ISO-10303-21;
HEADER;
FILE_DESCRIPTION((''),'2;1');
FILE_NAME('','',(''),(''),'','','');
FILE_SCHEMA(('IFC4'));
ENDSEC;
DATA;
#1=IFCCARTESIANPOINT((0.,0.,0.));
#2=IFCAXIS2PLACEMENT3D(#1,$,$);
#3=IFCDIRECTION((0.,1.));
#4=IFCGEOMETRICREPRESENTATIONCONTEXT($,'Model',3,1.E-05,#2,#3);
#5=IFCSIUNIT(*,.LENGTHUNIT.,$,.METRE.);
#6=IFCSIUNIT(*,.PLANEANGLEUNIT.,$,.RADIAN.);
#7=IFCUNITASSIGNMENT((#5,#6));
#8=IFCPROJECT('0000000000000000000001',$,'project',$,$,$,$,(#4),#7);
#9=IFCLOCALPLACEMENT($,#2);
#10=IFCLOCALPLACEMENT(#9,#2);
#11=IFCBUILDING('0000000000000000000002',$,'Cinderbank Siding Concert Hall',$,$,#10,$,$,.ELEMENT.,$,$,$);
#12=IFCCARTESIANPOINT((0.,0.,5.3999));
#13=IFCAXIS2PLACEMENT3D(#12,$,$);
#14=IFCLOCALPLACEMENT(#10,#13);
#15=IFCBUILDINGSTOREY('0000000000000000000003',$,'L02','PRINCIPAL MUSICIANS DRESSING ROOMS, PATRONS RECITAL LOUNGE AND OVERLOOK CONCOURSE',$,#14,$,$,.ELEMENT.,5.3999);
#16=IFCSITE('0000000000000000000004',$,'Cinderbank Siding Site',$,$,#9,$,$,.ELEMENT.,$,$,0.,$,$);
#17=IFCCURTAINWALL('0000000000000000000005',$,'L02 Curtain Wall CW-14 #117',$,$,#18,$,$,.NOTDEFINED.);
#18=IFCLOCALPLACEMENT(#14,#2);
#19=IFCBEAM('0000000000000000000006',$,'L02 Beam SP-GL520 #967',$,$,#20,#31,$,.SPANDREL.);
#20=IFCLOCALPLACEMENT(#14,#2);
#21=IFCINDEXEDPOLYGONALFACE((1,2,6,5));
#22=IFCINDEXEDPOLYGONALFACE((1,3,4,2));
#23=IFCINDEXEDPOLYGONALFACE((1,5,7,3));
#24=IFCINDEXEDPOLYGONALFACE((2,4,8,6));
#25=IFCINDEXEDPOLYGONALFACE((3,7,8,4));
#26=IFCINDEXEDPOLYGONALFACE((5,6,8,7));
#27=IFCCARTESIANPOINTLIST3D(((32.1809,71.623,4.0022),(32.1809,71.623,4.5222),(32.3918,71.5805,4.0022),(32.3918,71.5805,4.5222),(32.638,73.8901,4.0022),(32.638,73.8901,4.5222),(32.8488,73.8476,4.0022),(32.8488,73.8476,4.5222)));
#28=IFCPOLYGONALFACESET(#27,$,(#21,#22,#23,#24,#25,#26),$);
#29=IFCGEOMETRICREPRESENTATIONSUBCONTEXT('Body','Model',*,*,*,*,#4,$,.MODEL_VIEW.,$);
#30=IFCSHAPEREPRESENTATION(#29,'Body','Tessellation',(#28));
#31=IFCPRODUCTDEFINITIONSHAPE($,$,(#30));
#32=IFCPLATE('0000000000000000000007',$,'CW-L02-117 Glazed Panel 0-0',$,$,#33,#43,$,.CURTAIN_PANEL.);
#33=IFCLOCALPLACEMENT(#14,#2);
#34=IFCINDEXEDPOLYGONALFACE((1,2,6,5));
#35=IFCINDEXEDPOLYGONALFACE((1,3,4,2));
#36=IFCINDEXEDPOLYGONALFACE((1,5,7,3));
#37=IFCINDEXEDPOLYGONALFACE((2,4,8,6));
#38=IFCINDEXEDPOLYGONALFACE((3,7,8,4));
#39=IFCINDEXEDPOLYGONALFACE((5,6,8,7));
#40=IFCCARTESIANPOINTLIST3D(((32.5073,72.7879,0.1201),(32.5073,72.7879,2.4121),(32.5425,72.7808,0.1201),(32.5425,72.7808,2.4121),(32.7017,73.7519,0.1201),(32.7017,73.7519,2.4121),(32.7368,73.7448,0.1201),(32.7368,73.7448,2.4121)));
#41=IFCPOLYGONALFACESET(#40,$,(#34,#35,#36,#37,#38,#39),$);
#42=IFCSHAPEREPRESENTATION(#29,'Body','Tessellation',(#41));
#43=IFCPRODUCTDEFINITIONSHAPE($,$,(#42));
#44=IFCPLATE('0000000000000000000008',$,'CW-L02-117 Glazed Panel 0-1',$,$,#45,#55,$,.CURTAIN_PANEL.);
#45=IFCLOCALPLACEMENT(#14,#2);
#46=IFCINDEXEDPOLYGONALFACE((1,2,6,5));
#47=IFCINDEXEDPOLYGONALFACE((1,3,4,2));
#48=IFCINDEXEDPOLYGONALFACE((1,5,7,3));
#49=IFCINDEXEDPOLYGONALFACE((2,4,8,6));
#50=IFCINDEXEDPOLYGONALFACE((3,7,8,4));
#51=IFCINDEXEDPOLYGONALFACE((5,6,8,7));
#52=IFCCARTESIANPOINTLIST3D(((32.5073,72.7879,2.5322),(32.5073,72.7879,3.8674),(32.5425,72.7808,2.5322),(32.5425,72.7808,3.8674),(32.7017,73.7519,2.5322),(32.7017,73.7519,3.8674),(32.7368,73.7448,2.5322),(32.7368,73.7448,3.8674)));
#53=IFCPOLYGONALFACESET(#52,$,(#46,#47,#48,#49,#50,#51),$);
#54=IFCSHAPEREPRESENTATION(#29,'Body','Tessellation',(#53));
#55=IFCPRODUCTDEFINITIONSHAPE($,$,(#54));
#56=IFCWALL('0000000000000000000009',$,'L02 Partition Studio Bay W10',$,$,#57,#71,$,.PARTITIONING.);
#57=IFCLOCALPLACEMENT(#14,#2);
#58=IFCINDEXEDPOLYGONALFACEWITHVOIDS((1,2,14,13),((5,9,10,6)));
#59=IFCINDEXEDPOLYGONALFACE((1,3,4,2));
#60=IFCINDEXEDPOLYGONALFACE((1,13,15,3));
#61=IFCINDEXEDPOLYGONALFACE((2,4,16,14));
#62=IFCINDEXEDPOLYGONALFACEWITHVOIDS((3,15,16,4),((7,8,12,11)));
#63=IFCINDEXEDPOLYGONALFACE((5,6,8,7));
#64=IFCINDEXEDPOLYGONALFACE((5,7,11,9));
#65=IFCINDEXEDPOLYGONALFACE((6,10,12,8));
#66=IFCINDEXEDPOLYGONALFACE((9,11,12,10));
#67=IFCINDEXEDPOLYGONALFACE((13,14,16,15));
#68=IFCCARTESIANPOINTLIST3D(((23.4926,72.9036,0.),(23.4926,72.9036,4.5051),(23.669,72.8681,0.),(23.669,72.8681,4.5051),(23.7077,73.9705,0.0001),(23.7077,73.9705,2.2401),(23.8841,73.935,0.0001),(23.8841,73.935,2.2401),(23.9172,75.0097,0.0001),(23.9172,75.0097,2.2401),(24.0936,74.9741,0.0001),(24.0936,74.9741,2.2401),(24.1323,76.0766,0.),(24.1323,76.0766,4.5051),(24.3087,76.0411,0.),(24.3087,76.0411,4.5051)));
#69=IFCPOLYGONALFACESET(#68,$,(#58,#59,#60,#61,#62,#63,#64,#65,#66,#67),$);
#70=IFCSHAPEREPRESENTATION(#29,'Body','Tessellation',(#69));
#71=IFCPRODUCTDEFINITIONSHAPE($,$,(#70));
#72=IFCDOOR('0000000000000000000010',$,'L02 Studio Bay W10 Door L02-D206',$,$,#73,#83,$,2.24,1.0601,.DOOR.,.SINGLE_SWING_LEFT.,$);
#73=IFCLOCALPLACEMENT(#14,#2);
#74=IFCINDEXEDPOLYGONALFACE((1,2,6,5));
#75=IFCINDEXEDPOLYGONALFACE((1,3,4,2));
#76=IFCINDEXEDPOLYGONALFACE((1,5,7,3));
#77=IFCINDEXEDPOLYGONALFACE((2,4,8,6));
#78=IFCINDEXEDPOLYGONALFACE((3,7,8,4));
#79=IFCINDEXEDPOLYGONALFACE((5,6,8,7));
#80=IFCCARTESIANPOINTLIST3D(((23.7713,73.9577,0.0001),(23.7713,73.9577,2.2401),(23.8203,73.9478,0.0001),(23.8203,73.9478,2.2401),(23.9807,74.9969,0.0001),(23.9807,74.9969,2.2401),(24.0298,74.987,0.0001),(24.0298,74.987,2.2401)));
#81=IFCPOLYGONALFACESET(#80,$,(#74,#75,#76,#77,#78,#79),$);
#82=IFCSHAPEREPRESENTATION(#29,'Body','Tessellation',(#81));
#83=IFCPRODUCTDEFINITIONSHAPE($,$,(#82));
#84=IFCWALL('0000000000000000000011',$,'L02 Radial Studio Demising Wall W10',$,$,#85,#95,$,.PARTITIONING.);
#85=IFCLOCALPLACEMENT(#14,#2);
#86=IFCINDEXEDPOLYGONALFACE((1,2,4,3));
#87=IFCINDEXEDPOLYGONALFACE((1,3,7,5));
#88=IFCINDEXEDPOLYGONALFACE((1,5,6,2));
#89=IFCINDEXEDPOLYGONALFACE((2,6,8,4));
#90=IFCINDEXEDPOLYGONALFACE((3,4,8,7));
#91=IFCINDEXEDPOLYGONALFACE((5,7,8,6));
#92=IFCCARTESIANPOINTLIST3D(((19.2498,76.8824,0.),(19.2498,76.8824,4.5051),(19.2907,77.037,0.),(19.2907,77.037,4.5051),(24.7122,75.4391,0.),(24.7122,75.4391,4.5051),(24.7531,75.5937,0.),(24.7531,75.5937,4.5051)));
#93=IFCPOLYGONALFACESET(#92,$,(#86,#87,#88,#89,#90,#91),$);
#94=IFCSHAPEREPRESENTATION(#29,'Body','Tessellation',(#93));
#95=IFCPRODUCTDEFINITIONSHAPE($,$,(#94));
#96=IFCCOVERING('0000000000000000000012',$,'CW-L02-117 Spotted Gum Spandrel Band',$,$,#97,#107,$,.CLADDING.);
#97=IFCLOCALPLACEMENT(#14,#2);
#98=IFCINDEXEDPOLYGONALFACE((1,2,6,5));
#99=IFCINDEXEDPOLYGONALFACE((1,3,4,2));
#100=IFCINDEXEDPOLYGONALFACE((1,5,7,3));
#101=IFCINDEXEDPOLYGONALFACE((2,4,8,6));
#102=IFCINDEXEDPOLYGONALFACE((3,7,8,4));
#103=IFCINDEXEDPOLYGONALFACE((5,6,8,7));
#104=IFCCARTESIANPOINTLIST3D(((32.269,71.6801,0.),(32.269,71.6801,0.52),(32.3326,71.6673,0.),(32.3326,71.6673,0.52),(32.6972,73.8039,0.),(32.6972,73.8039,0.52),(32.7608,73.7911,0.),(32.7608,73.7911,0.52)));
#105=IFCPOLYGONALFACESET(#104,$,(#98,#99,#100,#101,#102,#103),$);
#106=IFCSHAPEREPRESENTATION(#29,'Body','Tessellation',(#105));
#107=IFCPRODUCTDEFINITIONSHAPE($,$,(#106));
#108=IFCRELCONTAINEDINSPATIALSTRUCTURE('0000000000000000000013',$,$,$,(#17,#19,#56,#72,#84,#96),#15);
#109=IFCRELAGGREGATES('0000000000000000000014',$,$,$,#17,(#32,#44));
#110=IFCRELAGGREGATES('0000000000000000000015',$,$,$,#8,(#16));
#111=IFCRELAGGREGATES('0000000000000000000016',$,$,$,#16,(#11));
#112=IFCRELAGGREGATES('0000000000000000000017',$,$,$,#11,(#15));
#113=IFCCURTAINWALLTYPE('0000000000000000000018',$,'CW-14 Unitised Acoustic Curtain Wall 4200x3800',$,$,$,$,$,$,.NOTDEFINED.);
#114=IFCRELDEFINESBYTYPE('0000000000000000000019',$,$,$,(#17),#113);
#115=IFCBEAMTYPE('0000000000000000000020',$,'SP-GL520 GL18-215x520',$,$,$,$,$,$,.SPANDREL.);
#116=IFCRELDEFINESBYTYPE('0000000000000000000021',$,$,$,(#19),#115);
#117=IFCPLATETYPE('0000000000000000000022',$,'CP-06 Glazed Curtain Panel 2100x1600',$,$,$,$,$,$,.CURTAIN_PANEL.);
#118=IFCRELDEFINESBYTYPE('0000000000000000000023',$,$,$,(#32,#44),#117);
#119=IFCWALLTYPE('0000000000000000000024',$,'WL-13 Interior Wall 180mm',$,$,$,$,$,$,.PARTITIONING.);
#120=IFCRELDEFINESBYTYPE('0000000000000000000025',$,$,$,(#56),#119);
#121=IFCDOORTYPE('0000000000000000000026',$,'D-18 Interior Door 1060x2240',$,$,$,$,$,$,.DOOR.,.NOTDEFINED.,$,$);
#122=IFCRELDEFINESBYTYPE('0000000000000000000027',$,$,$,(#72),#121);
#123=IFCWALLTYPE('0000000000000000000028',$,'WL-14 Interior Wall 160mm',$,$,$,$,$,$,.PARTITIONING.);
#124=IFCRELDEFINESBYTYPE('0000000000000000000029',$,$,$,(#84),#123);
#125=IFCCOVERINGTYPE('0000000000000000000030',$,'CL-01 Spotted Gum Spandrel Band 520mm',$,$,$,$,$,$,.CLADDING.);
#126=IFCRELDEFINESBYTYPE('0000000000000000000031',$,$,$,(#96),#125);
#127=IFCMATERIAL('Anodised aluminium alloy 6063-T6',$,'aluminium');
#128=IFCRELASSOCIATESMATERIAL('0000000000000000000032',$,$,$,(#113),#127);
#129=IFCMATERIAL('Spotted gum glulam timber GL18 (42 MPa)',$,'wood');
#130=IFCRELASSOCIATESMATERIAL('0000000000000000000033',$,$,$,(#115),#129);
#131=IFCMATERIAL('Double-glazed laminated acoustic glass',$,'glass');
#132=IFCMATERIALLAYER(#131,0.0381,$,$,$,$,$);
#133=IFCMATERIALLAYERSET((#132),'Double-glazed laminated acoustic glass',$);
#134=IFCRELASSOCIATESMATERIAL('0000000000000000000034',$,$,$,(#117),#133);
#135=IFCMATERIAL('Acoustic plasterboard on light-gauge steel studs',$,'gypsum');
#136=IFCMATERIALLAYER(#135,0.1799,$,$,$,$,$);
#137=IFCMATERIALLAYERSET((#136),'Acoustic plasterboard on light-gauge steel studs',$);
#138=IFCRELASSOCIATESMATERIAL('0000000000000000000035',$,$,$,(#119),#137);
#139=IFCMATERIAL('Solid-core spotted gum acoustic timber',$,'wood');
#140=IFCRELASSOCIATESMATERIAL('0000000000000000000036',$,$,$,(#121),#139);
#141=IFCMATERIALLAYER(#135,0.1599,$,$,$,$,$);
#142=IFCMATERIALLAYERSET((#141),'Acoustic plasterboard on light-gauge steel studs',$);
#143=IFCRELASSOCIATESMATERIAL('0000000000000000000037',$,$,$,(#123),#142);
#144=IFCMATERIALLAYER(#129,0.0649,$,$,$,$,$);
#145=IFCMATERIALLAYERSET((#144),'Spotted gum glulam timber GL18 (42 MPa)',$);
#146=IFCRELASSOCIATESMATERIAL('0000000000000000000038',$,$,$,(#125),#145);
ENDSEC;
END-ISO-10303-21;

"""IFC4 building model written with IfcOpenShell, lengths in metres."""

from ifc_helpers import new_model, si_unit, direction, frame, frame_2d, origin, origin_2d, place, context, subcontext, project, spatial, rectangle, extrude, material, layer, layer_set, material_profile, profile_set, type_object, element, fill, aggregate, save


model = new_model("IFC4")

# Units and contexts
model_context = context("Model", 3, precision=1e-05, world=origin(), true_north=direction((0.0, 1.0)))
body_context = subcontext(model_context, "Body", "Model", "MODEL_VIEW")
ifc_project = project(units=[si_unit("LENGTHUNIT", "METRE"), si_unit("PLANEANGLEUNIT", "RADIAN")], contexts=[model_context])

# Site, building, storey
site_placement = place(None, origin())
site = spatial("IfcSite", under=ifc_project, at=site_placement, Name="Cinderbank Siding Site", CompositionType="ELEMENT", RefElevation=0.0)
building_placement = place(site_placement, origin())
building = spatial("IfcBuilding", under=site, at=building_placement, Name="Cinderbank Siding Concert Hall", CompositionType="ELEMENT")
storey_placement = place(building_placement, frame((0.0, 0.0, 5.3999)))
storey = spatial("IfcBuildingStorey", under=building, at=storey_placement, Name="L02", Description="PRINCIPAL MUSICIANS DRESSING ROOMS, PATRONS RECITAL LOUNGE AND OVERLOOK CONCOURSE", CompositionType="ELEMENT", Elevation=5.3999)

# Curtain wall
ifc_material_1 = material(Name="Anodised aluminium alloy 6063-T6", Category="aluminium")
curtain_wall_type = type_object("IfcCurtainWallType", Name="CW-14 Unitised Acoustic Curtain Wall 4200x3800", PredefinedType="NOTDEFINED", material=ifc_material_1)
curtain_wall_placement = place(storey_placement, origin())
curtain_wall = element("IfcCurtainWall", 1, at=curtain_wall_placement, inside=storey, type_object=curtain_wall_type, Name="L02 Curtain Wall CW-14 #117", PredefinedType="NOTDEFINED")

# Beam
ifc_material_2 = material(Name="Spotted gum glulam timber GL18 (42 MPa)", Category="wood")
ifc_material_profile_1 = material_profile(ifc_material_2, rectangle(XDim=0.2151, YDim=0.52, at=origin_2d()), Name="GL18-215x520", Category="LoadBearing")
ifc_profile_set_1 = profile_set([ifc_material_profile_1], Name="Spotted gum glulam timber GL18 (42 MPa)")
beam_type_1 = type_object("IfcBeamType", Name="SP-GL520 GL18-215x520", PredefinedType="SPANDREL", material=ifc_profile_set_1)
beam_1_placement = place(storey_placement, frame((32.7434, 73.8689, 4.2622), z_axis=(-0.197618, -0.980279, 0.0), x_axis=(0.980279, -0.197618, 0.0)))
element("IfcBeam", 2, at=beam_1_placement, inside=storey, type_object=beam_type_1, Name="L02 Beam SP-GL520 #967", PredefinedType="SPANDREL", context=body_context, shape_type="SweptSolid", body=[
    extrude(rectangle(XDim=0.2151, YDim=0.52, at=origin_2d()), origin(), (0.0, 0.0, 1.0), 2.3127),
])

# Plates
ifc_material_3 = material(Name="Double-glazed laminated acoustic glass", Category="glass")
ifc_layer_1 = layer(ifc_material_3, 0.0381)
ifc_layer_set_1 = layer_set([ifc_layer_1], Name="Double-glazed laminated acoustic glass")
plate_type = type_object("IfcPlateType", Name="CP-06 Glazed Curtain Panel 2100x1600", PredefinedType="CURTAIN_PANEL", material=ifc_layer_set_1)
plate_1_placement = place(storey_placement, frame((32.6221, 73.2664, 0.1201), z_axis=(0.0, 0.0, 1.0), x_axis=(-0.197636, -0.980275, 0.0)))
plate_1 = element("IfcPlate", 3, at=plate_1_placement, type_object=plate_type, Name="CW-L02-117 Glazed Panel 0-0", PredefinedType="CURTAIN_PANEL", context=body_context, shape_type="SweptSolid", body=[
    extrude(rectangle(XDim=0.9834, YDim=0.0359, at=origin_2d()), origin(), (0.0, 0.0, 1.0), 2.292),
])
plate_2_placement = place(storey_placement, frame((32.6221, 73.2664, 2.5322), z_axis=(0.0, 0.0, 1.0), x_axis=(-0.197636, -0.980275, 0.0)))
plate_2 = element("IfcPlate", 4, at=plate_2_placement, type_object=plate_type, Name="CW-L02-117 Glazed Panel 0-1", PredefinedType="CURTAIN_PANEL", context=body_context, shape_type="SweptSolid", body=[
    extrude(rectangle(XDim=0.9834, YDim=0.0359, at=origin_2d()), origin(), (0.0, 0.0, 1.0), 1.3352),
])
aggregate(curtain_wall, [plate_1, plate_2])

# Wall, opening, door
ifc_material_4 = material(Name="Acoustic plasterboard on light-gauge steel studs", Category="gypsum")
ifc_layer_2 = layer(ifc_material_4, 0.1799)
ifc_layer_set_2 = layer_set([ifc_layer_2], Name="Acoustic plasterboard on light-gauge steel studs")
wall_type_1 = type_object("IfcWallType", Name="WL-13 Interior Wall 180mm", PredefinedType="PARTITIONING", material=ifc_layer_set_2)
wall_1_placement = place(storey_placement, frame((24.2205, 76.0588, 0.0), z_axis=(0.0, 0.0, 1.0), x_axis=(-0.19761, -0.980281, 0.0)))
wall_1 = element("IfcWall", 5, at=wall_1_placement, inside=storey, type_object=wall_type_1, Name="L02 Partition Studio Bay W10", PredefinedType="PARTITIONING", context=body_context, shape_type="SweptSolid", body=[
    extrude(rectangle(XDim=3.2368, YDim=0.1799, at=frame_2d((1.6184, 0.0))), origin(), (0.0, 0.0, 1.0), 4.5051),
])
opening_placement = place(wall_1_placement, frame((1.0884, 0.0, 0.0)))
opening = element("IfcOpeningElement", 6, at=opening_placement, cuts=wall_1, PredefinedType="OPENING", context=body_context, shape_type="SweptSolid", body=[
    extrude(rectangle(XDim=1.0601, YDim=2.24, at=frame_2d((0.53, 1.1201))), frame((0.0, 0.1021, 0.0), z_axis=(0.0, -1.0, 0.0), x_axis=(1.0, 0.0, 0.0)), (0.0, 0.0, 1.0), 0.2039),
])
ifc_material_5 = material(Name="Solid-core spotted gum acoustic timber", Category="wood")
door_type = type_object("IfcDoorType", Name="D-18 Interior Door 1060x2240", OperationType="NOTDEFINED", PredefinedType="DOOR", material=ifc_material_5)
door_placement = place(opening_placement, origin())
door = element("IfcDoor", 7, at=door_placement, inside=storey, type_object=door_type, Name="L02 Studio Bay W10 Door L02-D206", OperationType="SINGLE_SWING_LEFT", OverallHeight=2.24, OverallWidth=1.0601, PredefinedType="DOOR", context=body_context, shape_type="SweptSolid", body=[
    extrude(rectangle(XDim=1.0601, YDim=2.24, at=frame_2d((0.53, 1.1201))), frame((0.0, 0.0249, 0.0), z_axis=(0.0, -1.0, 0.0), x_axis=(1.0, 0.0, 0.0)), (0.0, 0.0, 1.0), 0.05),
])
fill(opening, door)

# Wall
ifc_layer_3 = layer(ifc_material_4, 0.1599)
ifc_layer_set_3 = layer_set([ifc_layer_3], Name="Acoustic plasterboard on light-gauge steel studs")
wall_type_2 = type_object("IfcWallType", Name="WL-14 Interior Wall 160mm", PredefinedType="PARTITIONING", material=ifc_layer_set_3)
wall_2_placement = place(storey_placement, frame((24.7327, 75.5164, 0.0), z_axis=(0.0, 0.0, 1.0), x_axis=(-0.966818, 0.255467, 0.0)))
element("IfcWall", 8, at=wall_2_placement, inside=storey, type_object=wall_type_2, Name="L02 Radial Studio Demising Wall W10", PredefinedType="PARTITIONING", context=body_context, shape_type="SweptSolid", body=[
    extrude(rectangle(XDim=5.6499, YDim=0.1599, at=frame_2d((2.825, 0.0))), origin(), (0.0, 0.0, 1.0), 4.5051),
])

# Covering
ifc_layer_4 = layer(ifc_material_2, 0.0649)
ifc_layer_set_4 = layer_set([ifc_layer_4], Name="Spotted gum glulam timber GL18 (42 MPa)")
covering_type = type_object("IfcCoveringType", Name="CL-01 Spotted Gum Spandrel Band 520mm", PredefinedType="CLADDING", material=ifc_layer_set_4)
covering_placement = place(storey_placement, frame((32.5149, 72.7356, 0.0), z_axis=(0.0, 0.0, 1.0), x_axis=(-0.197636, -0.980275, 0.0)))
element("IfcCovering", 9, at=covering_placement, inside=storey, type_object=covering_type, Name="CW-L02-117 Spotted Gum Spandrel Band", PredefinedType="CLADDING", context=body_context, shape_type="SweptSolid", body=[
    extrude(rectangle(XDim=2.1665, YDim=0.0649, at=origin_2d()), origin(), (0.0, 0.0, 1.0), 0.52),
])

save(model, "model.ifc")
